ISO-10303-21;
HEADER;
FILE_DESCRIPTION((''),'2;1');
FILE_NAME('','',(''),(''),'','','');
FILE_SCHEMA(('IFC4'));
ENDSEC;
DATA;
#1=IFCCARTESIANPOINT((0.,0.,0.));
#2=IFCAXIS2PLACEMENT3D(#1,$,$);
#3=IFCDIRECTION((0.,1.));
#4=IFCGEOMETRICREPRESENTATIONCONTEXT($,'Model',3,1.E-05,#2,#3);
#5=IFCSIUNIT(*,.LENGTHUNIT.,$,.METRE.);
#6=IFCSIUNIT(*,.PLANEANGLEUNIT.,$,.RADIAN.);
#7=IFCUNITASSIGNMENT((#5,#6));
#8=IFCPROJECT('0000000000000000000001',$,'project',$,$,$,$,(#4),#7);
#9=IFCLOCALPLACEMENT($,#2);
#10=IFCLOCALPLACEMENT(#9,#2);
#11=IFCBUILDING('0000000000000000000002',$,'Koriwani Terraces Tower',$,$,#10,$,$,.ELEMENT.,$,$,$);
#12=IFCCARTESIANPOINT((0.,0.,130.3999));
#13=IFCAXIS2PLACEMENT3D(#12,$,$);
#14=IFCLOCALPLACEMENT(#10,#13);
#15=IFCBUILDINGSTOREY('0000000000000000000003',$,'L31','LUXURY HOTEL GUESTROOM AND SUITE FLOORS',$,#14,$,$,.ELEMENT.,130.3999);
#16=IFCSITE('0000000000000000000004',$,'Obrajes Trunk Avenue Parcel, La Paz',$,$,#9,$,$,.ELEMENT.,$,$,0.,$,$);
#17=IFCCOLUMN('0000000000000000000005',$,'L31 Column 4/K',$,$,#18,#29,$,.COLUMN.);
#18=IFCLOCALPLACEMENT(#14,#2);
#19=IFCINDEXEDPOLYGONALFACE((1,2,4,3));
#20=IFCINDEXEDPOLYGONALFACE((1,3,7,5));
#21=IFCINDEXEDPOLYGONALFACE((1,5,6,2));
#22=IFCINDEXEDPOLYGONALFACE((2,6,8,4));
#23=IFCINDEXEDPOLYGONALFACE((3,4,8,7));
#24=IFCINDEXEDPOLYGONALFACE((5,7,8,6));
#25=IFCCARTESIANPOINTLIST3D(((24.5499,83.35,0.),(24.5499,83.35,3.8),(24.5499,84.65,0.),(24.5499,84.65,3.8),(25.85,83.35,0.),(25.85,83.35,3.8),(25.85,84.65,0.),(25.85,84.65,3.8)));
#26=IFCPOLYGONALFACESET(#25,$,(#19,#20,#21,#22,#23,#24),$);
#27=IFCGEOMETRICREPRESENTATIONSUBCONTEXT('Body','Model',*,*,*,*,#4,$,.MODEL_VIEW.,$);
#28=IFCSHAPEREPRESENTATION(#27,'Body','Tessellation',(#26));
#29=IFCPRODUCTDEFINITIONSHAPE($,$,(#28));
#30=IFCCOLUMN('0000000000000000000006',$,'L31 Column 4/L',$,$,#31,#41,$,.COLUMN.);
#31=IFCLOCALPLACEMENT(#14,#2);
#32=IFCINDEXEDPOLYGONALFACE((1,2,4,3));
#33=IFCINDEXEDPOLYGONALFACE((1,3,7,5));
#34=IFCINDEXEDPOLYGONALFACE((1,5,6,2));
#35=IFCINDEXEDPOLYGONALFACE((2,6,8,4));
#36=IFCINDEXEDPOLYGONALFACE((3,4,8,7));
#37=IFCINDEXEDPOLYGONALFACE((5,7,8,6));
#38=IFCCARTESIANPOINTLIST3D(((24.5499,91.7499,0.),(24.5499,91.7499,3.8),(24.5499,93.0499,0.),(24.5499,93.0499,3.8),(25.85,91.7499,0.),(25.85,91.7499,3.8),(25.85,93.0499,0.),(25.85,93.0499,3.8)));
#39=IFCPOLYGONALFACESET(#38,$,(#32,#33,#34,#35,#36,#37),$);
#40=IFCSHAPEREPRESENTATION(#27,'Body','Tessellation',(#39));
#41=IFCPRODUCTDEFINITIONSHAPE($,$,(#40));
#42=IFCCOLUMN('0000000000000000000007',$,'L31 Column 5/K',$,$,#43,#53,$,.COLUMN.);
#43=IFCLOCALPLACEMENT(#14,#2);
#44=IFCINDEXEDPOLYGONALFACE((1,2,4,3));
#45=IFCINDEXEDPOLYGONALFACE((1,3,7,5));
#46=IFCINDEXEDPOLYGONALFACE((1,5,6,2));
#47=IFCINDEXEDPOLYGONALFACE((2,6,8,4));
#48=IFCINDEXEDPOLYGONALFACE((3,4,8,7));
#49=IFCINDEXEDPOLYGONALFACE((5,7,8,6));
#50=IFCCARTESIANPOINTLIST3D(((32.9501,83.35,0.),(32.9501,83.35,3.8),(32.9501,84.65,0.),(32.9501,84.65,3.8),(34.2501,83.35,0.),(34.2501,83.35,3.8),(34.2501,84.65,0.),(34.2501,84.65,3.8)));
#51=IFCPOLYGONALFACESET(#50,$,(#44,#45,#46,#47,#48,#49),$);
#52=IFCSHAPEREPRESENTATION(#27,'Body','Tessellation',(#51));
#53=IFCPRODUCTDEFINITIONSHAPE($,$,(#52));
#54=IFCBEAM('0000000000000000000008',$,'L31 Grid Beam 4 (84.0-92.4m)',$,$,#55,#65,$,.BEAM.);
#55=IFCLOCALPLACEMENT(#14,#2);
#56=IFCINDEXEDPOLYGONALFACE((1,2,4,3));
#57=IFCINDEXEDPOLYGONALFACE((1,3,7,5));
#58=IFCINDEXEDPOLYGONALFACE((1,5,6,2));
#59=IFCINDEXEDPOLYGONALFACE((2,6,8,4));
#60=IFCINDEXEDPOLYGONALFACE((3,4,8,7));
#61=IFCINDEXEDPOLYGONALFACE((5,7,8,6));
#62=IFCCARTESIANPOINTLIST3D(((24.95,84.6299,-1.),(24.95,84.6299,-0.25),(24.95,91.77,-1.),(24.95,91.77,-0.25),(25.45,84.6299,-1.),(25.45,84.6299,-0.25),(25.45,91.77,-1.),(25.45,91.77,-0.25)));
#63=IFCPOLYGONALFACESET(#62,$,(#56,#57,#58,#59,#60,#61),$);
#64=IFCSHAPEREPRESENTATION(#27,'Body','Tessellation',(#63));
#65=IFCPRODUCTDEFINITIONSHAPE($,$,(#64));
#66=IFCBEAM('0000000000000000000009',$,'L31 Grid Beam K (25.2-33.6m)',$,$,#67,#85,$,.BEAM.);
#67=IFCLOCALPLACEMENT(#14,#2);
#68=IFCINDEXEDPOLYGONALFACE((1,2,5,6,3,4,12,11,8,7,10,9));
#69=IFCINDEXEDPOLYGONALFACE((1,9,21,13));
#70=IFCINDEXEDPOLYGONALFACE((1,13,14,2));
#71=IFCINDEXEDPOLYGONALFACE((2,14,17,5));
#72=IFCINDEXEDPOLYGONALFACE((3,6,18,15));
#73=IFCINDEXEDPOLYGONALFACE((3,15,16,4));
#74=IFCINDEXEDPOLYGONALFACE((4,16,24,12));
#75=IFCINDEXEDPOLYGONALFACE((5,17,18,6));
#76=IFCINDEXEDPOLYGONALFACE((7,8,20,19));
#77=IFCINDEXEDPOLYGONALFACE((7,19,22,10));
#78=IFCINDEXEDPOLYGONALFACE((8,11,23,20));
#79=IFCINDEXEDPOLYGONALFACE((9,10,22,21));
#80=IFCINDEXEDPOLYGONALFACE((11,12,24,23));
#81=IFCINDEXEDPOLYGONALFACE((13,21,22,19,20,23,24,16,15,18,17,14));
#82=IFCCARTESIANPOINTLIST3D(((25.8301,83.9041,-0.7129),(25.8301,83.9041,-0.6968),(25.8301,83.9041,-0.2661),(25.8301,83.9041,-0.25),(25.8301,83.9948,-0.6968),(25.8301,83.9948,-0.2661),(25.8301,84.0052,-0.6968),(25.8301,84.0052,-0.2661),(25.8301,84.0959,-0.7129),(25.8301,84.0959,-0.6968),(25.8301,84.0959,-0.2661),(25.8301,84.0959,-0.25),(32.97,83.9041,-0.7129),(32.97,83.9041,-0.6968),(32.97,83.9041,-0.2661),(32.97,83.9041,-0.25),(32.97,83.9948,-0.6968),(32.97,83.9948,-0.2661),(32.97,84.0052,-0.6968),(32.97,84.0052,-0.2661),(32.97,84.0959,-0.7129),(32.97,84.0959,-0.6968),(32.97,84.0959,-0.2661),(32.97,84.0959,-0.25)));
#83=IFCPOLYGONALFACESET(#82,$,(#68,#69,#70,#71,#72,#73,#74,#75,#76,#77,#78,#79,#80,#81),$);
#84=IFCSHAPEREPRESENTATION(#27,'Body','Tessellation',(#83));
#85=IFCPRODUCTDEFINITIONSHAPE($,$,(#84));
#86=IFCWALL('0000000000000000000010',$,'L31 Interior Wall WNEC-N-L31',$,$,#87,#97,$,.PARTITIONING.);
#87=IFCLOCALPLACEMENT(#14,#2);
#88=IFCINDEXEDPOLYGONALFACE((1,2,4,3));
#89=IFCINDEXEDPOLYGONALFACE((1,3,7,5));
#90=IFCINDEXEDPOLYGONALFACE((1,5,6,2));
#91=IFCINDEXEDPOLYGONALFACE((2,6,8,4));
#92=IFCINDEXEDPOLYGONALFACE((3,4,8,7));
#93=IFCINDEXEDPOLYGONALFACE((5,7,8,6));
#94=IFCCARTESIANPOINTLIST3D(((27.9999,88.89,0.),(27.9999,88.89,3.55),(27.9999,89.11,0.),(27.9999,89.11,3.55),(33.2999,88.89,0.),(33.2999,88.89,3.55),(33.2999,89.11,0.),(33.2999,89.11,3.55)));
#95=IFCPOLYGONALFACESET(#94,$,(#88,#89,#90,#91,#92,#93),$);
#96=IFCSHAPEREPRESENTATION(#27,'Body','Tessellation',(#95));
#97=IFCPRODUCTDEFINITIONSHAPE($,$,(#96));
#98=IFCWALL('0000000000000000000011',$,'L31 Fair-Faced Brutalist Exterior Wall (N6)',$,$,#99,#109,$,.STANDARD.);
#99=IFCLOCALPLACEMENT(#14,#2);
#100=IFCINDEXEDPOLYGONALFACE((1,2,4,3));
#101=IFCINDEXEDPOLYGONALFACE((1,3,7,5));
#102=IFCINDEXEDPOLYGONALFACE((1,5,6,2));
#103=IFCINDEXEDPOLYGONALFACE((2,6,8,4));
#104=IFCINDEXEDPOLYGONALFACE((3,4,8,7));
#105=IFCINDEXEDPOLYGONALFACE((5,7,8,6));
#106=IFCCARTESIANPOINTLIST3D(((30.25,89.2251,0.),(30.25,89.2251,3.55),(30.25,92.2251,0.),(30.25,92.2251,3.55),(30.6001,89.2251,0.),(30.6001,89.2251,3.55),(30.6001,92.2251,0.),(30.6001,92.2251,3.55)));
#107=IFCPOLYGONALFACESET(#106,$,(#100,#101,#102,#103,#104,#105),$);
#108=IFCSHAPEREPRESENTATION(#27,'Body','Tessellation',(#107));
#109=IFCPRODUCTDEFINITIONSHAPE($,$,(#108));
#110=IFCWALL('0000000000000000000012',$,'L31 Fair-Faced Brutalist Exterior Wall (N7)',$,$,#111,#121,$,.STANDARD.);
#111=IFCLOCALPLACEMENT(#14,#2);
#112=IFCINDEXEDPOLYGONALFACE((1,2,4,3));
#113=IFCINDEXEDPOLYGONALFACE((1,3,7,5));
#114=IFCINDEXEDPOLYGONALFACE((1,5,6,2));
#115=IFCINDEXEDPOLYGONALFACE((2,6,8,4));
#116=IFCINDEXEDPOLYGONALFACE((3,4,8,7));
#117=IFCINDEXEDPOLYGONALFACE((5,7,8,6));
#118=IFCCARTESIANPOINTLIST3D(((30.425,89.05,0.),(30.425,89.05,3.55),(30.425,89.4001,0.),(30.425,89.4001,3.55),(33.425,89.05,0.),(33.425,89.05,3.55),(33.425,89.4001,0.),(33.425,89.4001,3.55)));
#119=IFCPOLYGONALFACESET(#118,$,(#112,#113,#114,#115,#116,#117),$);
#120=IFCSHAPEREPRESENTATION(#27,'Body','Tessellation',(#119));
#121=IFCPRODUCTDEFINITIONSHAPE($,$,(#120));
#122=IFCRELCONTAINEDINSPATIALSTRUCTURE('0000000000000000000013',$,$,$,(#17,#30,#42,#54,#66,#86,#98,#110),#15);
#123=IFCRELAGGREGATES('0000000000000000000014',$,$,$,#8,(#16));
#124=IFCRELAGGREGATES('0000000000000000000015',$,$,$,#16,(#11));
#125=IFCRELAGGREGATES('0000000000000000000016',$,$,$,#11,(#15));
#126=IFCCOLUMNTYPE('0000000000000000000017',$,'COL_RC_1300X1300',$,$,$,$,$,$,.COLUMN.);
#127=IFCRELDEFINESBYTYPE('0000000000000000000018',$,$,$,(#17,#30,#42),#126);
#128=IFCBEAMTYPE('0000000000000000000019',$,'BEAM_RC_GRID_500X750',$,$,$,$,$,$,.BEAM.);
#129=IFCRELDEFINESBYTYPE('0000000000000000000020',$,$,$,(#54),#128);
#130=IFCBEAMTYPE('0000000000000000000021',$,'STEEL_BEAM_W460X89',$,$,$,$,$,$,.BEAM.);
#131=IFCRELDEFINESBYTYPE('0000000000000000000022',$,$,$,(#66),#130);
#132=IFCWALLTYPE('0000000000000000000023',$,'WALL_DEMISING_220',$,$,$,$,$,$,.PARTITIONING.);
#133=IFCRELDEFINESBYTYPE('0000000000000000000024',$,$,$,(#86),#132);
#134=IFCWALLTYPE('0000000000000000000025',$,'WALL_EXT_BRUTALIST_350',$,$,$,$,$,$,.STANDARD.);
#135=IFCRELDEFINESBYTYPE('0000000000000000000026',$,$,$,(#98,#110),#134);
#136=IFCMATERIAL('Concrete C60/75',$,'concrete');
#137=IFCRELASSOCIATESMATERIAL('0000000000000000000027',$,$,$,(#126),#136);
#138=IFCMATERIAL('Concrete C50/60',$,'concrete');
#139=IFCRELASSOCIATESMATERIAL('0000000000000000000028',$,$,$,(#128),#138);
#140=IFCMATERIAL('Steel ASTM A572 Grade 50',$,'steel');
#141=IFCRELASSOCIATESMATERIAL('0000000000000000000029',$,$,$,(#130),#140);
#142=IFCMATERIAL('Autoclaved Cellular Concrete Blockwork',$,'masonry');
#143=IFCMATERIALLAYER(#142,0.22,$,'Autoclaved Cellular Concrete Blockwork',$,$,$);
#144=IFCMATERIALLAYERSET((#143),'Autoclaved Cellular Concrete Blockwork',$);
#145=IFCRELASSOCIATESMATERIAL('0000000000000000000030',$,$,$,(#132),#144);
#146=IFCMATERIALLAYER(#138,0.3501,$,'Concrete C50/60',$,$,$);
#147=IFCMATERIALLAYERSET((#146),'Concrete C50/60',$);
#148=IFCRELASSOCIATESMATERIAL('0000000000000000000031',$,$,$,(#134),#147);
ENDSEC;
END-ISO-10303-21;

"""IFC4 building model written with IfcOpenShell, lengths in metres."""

from ifc_helpers import new_model, si_unit, direction, frame, frame_2d, origin, origin_2d, place, context, subcontext, project, spatial, rectangle, i_section, extrude, material, layer, layer_set, material_profile, profile_set, type_object, element, save


model = new_model("IFC4")

# Units and contexts
model_context = context("Model", 3, precision=1e-05, world=origin(), true_north=direction((0.0, 1.0)))
body_context = subcontext(model_context, "Body", "Model", "MODEL_VIEW")
ifc_project = project(units=[si_unit("LENGTHUNIT", "METRE"), si_unit("PLANEANGLEUNIT", "RADIAN")], contexts=[model_context])

# Site, building, storey
site_placement = place(None, origin())
site = spatial("IfcSite", under=ifc_project, at=site_placement, Name="Obrajes Trunk Avenue Parcel, La Paz", CompositionType="ELEMENT", RefElevation=0.0)
building_placement = place(site_placement, origin())
building = spatial("IfcBuilding", under=site, at=building_placement, Name="Koriwani Terraces Tower", CompositionType="ELEMENT")
storey_placement = place(building_placement, frame((0.0, 0.0, 130.3999)))
storey = spatial("IfcBuildingStorey", under=building, at=storey_placement, Name="L31", Description="LUXURY HOTEL GUESTROOM AND SUITE FLOORS", CompositionType="ELEMENT", Elevation=130.3999)

# Columns
ifc_material_1 = material(Name="Concrete C60/75", Category="concrete")
ifc_material_profile_1 = material_profile(ifc_material_1, rectangle(XDim=1.3, YDim=1.3, at=origin_2d()), Name="Concrete C60/75", Category="LoadBearing")
ifc_profile_set_1 = profile_set([ifc_material_profile_1], Name="Concrete C60/75")
column_type = type_object("IfcColumnType", Name="COL_RC_1300X1300", PredefinedType="COLUMN", material=ifc_profile_set_1)
for number, where, z_axis, x_axis, name in (
    (1, (25.2, 84.0, 0.0), (0.0, 0.0, 1.0), (1.0, 0.0, 0.0), "L31 Column 4/K"),
    (2, (25.2, 92.3999, 0.0), (0.0, 0.0, 1.0), (1.0, 0.0, 0.0), "L31 Column 4/L"),
    (3, (33.6001, 84.0, 0.0), (0.0, 0.0, 1.0), (1.0, 0.0, 0.0), "L31 Column 5/K"),
):
    element("IfcColumn", number, at=place(storey_placement, frame(where, z_axis=z_axis, x_axis=x_axis)), inside=storey, type_object=column_type, Name=name, PredefinedType="COLUMN", context=body_context, shape_type="SweptSolid", body=[
        extrude(rectangle(XDim=1.3, YDim=1.3, at=origin_2d()), origin(), (0.0, 0.0, 1.0), 3.8),
    ])

# Beams
ifc_material_2 = material(Name="Concrete C50/60", Category="concrete")
ifc_material_profile_2 = material_profile(ifc_material_2, rectangle(XDim=0.5, YDim=0.75, at=origin_2d()), Name="Concrete C50/60", Category="LoadBearing")
ifc_profile_set_2 = profile_set([ifc_material_profile_2], Name="Concrete C50/60")
beam_type_1 = type_object("IfcBeamType", Name="BEAM_RC_GRID_500X750", PredefinedType="BEAM", material=ifc_profile_set_2)
beam_1_placement = place(storey_placement, frame((25.2, 84.6299, -0.625), z_axis=(0.0, 1.0, 0.0), x_axis=(-1.0, 0.0, 0.0)))
element("IfcBeam", 4, at=beam_1_placement, inside=storey, type_object=beam_type_1, Name="L31 Grid Beam 4 (84.0-92.4m)", PredefinedType="BEAM", context=body_context, shape_type="SweptSolid", body=[
    extrude(rectangle(XDim=0.5, YDim=0.75, at=origin_2d()), origin(), (0.0, 0.0, 1.0), 7.1401),
])
ifc_material_3 = material(Name="Steel ASTM A572 Grade 50", Category="steel")
ifc_material_profile_3 = material_profile(ifc_material_3, i_section(OverallWidth=0.1919, OverallDepth=0.4629, WebThickness=0.0105, FlangeThickness=0.0161, at=origin_2d()), Name="Steel ASTM A572 Grade 50", Category="LoadBearing")
ifc_profile_set_3 = profile_set([ifc_material_profile_3], Name="Steel ASTM A572 Grade 50")
beam_type_2 = type_object("IfcBeamType", Name="STEEL_BEAM_W460X89", PredefinedType="BEAM", material=ifc_profile_set_3)
beam_2_placement = place(storey_placement, frame((25.8301, 84.0, -0.4814), z_axis=(1.0, 0.0, 0.0), x_axis=(0.0, 1.0, 0.0)))
element("IfcBeam", 5, at=beam_2_placement, inside=storey, type_object=beam_type_2, Name="L31 Grid Beam K (25.2-33.6m)", PredefinedType="BEAM", context=body_context, shape_type="SweptSolid", body=[
    extrude(i_section(OverallWidth=0.1919, OverallDepth=0.4629, WebThickness=0.0105, FlangeThickness=0.0161, at=origin_2d()), origin(), (0.0, 0.0, 1.0), 7.1399),
])

# Walls
ifc_material_4 = material(Name="Autoclaved Cellular Concrete Blockwork", Category="masonry")
ifc_layer_1 = layer(ifc_material_4, 0.22, Name="Autoclaved Cellular Concrete Blockwork")
ifc_layer_set_1 = layer_set([ifc_layer_1], Name="Autoclaved Cellular Concrete Blockwork")
wall_type_1 = type_object("IfcWallType", Name="WALL_DEMISING_220", PredefinedType="PARTITIONING", material=ifc_layer_set_1)
wall_1_placement = place(storey_placement, frame((28.0, 89.0, 0.0), z_axis=(0.0, 0.0, 1.0), x_axis=(1.0, 0.0, 0.0)))
element("IfcWall", 6, at=wall_1_placement, inside=storey, type_object=wall_type_1, Name="L31 Interior Wall WNEC-N-L31", PredefinedType="PARTITIONING", context=body_context, shape_type="SweptSolid", body=[
    extrude(rectangle(XDim=5.3, YDim=0.22, at=frame_2d((2.6499, 0.0))), origin(), (0.0, 0.0, 1.0), 3.55),
])
ifc_layer_2 = layer(ifc_material_2, 0.3501, Name="Concrete C50/60")
ifc_layer_set_2 = layer_set([ifc_layer_2], Name="Concrete C50/60")
wall_type_2 = type_object("IfcWallType", Name="WALL_EXT_BRUTALIST_350", PredefinedType="STANDARD", material=ifc_layer_set_2)
for number, where, z_axis, x_axis, name in (
    (7, (30.425, 92.2251, 0.0), (0.0, 0.0, 1.0), (0.0, -1.0, 0.0), "L31 Fair-Faced Brutalist Exterior Wall (N6)"),
    (8, (30.425, 89.2251, 0.0), (0.0, 0.0, 1.0), (1.0, 0.0, 0.0), "L31 Fair-Faced Brutalist Exterior Wall (N7)"),
):
    element("IfcWall", number, at=place(storey_placement, frame(where, z_axis=z_axis, x_axis=x_axis)), inside=storey, type_object=wall_type_2, Name=name, PredefinedType="STANDARD", context=body_context, shape_type="SweptSolid", body=[
        extrude(rectangle(XDim=3.0, YDim=0.3501, at=frame_2d((1.5, 0.0))), origin(), (0.0, 0.0, 1.0), 3.55),
    ])

save(model, "model.ifc")
